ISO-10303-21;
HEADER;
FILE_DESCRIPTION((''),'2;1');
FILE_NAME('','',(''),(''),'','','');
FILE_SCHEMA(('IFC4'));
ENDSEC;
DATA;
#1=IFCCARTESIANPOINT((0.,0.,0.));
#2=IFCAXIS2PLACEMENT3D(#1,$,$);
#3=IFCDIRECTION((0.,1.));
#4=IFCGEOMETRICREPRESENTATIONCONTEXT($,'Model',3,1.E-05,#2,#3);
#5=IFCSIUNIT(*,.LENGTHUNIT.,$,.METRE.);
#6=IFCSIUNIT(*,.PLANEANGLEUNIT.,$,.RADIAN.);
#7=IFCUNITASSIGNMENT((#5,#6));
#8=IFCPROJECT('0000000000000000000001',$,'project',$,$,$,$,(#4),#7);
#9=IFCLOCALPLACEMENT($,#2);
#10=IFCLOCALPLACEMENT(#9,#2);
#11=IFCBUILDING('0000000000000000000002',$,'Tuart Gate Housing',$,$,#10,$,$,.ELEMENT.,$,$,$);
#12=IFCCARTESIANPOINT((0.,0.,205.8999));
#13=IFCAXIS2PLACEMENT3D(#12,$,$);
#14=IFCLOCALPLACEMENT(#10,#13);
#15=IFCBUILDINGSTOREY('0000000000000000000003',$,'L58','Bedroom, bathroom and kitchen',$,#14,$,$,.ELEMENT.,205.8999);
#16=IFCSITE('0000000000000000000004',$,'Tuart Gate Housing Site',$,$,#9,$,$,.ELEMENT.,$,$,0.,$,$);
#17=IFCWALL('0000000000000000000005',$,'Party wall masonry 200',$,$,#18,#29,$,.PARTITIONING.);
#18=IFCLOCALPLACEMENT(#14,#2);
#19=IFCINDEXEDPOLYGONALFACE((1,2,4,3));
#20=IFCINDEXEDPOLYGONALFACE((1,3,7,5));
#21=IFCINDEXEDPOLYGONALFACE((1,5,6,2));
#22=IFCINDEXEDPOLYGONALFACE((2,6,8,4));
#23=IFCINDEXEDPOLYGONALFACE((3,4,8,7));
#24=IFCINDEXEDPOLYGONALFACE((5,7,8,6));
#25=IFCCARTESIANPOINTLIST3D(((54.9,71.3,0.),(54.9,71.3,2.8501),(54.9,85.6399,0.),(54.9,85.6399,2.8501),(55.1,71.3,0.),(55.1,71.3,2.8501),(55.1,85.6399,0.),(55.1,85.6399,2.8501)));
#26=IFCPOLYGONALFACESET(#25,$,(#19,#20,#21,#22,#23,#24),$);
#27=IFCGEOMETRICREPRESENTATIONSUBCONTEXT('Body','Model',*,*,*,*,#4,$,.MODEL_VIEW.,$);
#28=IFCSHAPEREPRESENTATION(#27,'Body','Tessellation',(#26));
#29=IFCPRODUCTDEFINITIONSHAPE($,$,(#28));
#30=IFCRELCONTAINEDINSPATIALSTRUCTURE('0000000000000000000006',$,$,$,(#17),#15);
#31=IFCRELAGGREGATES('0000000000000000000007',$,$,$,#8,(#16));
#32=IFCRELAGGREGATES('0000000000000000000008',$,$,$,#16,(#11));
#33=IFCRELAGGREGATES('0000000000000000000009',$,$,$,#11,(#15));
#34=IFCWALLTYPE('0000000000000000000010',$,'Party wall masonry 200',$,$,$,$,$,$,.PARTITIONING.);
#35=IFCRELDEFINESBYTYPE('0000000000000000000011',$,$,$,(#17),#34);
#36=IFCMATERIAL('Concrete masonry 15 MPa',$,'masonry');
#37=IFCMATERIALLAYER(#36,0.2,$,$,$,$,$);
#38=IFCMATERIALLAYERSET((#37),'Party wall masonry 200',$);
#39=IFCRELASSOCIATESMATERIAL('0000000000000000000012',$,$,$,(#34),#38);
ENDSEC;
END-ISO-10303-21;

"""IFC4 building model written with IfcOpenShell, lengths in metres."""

from ifc_helpers import new_model, si_unit, direction, frame, frame_2d, origin, place, context, subcontext, project, spatial, rectangle, extrude, material, layer, layer_set, type_object, element, save


model = new_model("IFC4")

# Units and contexts
model_context = context("Model", 3, precision=1e-05, world=origin(), true_north=direction((0.0, 1.0)))
body_context = subcontext(model_context, "Body", "Model", "MODEL_VIEW")
ifc_project = project(units=[si_unit("LENGTHUNIT", "METRE"), si_unit("PLANEANGLEUNIT", "RADIAN")], contexts=[model_context])

# Site, building, storey
site_placement = place(None, origin())
site = spatial("IfcSite", under=ifc_project, at=site_placement, Name="Tuart Gate Housing Site", CompositionType="ELEMENT", RefElevation=0.0)
building_placement = place(site_placement, origin())
building = spatial("IfcBuilding", under=site, at=building_placement, Name="Tuart Gate Housing", CompositionType="ELEMENT")
storey_placement = place(building_placement, frame((0.0, 0.0, 205.8999)))
storey = spatial("IfcBuildingStorey", under=building, at=storey_placement, Name="L58", Description="Bedroom, bathroom and kitchen", CompositionType="ELEMENT", Elevation=205.8999)

# Wall
ifc_material_1 = material(Name="Concrete masonry 15 MPa", Category="masonry")
ifc_layer_1 = layer(ifc_material_1, 0.2)
ifc_layer_set_1 = layer_set([ifc_layer_1], Name="Party wall masonry 200")
wall_type_1 = type_object("IfcWallType", Name="Party wall masonry 200", PredefinedType="PARTITIONING", material=ifc_layer_set_1)
wall_1_placement = place(storey_placement, frame((55.0, 71.3, 0.0), z_axis=(0.0, 0.0, 1.0), x_axis=(0.0, 1.0, 0.0)))
element("IfcWall", 1, at=wall_1_placement, inside=storey, type_object=wall_type_1, Name="Party wall masonry 200", PredefinedType="PARTITIONING", context=body_context, shape_type="SweptSolid", body=[
    extrude(rectangle(XDim=14.3398, YDim=0.2, at=frame_2d((7.1699, 0.0))), origin(), (0.0, 0.0, 1.0), 2.8501),
])

save(model, "model.ifc")
